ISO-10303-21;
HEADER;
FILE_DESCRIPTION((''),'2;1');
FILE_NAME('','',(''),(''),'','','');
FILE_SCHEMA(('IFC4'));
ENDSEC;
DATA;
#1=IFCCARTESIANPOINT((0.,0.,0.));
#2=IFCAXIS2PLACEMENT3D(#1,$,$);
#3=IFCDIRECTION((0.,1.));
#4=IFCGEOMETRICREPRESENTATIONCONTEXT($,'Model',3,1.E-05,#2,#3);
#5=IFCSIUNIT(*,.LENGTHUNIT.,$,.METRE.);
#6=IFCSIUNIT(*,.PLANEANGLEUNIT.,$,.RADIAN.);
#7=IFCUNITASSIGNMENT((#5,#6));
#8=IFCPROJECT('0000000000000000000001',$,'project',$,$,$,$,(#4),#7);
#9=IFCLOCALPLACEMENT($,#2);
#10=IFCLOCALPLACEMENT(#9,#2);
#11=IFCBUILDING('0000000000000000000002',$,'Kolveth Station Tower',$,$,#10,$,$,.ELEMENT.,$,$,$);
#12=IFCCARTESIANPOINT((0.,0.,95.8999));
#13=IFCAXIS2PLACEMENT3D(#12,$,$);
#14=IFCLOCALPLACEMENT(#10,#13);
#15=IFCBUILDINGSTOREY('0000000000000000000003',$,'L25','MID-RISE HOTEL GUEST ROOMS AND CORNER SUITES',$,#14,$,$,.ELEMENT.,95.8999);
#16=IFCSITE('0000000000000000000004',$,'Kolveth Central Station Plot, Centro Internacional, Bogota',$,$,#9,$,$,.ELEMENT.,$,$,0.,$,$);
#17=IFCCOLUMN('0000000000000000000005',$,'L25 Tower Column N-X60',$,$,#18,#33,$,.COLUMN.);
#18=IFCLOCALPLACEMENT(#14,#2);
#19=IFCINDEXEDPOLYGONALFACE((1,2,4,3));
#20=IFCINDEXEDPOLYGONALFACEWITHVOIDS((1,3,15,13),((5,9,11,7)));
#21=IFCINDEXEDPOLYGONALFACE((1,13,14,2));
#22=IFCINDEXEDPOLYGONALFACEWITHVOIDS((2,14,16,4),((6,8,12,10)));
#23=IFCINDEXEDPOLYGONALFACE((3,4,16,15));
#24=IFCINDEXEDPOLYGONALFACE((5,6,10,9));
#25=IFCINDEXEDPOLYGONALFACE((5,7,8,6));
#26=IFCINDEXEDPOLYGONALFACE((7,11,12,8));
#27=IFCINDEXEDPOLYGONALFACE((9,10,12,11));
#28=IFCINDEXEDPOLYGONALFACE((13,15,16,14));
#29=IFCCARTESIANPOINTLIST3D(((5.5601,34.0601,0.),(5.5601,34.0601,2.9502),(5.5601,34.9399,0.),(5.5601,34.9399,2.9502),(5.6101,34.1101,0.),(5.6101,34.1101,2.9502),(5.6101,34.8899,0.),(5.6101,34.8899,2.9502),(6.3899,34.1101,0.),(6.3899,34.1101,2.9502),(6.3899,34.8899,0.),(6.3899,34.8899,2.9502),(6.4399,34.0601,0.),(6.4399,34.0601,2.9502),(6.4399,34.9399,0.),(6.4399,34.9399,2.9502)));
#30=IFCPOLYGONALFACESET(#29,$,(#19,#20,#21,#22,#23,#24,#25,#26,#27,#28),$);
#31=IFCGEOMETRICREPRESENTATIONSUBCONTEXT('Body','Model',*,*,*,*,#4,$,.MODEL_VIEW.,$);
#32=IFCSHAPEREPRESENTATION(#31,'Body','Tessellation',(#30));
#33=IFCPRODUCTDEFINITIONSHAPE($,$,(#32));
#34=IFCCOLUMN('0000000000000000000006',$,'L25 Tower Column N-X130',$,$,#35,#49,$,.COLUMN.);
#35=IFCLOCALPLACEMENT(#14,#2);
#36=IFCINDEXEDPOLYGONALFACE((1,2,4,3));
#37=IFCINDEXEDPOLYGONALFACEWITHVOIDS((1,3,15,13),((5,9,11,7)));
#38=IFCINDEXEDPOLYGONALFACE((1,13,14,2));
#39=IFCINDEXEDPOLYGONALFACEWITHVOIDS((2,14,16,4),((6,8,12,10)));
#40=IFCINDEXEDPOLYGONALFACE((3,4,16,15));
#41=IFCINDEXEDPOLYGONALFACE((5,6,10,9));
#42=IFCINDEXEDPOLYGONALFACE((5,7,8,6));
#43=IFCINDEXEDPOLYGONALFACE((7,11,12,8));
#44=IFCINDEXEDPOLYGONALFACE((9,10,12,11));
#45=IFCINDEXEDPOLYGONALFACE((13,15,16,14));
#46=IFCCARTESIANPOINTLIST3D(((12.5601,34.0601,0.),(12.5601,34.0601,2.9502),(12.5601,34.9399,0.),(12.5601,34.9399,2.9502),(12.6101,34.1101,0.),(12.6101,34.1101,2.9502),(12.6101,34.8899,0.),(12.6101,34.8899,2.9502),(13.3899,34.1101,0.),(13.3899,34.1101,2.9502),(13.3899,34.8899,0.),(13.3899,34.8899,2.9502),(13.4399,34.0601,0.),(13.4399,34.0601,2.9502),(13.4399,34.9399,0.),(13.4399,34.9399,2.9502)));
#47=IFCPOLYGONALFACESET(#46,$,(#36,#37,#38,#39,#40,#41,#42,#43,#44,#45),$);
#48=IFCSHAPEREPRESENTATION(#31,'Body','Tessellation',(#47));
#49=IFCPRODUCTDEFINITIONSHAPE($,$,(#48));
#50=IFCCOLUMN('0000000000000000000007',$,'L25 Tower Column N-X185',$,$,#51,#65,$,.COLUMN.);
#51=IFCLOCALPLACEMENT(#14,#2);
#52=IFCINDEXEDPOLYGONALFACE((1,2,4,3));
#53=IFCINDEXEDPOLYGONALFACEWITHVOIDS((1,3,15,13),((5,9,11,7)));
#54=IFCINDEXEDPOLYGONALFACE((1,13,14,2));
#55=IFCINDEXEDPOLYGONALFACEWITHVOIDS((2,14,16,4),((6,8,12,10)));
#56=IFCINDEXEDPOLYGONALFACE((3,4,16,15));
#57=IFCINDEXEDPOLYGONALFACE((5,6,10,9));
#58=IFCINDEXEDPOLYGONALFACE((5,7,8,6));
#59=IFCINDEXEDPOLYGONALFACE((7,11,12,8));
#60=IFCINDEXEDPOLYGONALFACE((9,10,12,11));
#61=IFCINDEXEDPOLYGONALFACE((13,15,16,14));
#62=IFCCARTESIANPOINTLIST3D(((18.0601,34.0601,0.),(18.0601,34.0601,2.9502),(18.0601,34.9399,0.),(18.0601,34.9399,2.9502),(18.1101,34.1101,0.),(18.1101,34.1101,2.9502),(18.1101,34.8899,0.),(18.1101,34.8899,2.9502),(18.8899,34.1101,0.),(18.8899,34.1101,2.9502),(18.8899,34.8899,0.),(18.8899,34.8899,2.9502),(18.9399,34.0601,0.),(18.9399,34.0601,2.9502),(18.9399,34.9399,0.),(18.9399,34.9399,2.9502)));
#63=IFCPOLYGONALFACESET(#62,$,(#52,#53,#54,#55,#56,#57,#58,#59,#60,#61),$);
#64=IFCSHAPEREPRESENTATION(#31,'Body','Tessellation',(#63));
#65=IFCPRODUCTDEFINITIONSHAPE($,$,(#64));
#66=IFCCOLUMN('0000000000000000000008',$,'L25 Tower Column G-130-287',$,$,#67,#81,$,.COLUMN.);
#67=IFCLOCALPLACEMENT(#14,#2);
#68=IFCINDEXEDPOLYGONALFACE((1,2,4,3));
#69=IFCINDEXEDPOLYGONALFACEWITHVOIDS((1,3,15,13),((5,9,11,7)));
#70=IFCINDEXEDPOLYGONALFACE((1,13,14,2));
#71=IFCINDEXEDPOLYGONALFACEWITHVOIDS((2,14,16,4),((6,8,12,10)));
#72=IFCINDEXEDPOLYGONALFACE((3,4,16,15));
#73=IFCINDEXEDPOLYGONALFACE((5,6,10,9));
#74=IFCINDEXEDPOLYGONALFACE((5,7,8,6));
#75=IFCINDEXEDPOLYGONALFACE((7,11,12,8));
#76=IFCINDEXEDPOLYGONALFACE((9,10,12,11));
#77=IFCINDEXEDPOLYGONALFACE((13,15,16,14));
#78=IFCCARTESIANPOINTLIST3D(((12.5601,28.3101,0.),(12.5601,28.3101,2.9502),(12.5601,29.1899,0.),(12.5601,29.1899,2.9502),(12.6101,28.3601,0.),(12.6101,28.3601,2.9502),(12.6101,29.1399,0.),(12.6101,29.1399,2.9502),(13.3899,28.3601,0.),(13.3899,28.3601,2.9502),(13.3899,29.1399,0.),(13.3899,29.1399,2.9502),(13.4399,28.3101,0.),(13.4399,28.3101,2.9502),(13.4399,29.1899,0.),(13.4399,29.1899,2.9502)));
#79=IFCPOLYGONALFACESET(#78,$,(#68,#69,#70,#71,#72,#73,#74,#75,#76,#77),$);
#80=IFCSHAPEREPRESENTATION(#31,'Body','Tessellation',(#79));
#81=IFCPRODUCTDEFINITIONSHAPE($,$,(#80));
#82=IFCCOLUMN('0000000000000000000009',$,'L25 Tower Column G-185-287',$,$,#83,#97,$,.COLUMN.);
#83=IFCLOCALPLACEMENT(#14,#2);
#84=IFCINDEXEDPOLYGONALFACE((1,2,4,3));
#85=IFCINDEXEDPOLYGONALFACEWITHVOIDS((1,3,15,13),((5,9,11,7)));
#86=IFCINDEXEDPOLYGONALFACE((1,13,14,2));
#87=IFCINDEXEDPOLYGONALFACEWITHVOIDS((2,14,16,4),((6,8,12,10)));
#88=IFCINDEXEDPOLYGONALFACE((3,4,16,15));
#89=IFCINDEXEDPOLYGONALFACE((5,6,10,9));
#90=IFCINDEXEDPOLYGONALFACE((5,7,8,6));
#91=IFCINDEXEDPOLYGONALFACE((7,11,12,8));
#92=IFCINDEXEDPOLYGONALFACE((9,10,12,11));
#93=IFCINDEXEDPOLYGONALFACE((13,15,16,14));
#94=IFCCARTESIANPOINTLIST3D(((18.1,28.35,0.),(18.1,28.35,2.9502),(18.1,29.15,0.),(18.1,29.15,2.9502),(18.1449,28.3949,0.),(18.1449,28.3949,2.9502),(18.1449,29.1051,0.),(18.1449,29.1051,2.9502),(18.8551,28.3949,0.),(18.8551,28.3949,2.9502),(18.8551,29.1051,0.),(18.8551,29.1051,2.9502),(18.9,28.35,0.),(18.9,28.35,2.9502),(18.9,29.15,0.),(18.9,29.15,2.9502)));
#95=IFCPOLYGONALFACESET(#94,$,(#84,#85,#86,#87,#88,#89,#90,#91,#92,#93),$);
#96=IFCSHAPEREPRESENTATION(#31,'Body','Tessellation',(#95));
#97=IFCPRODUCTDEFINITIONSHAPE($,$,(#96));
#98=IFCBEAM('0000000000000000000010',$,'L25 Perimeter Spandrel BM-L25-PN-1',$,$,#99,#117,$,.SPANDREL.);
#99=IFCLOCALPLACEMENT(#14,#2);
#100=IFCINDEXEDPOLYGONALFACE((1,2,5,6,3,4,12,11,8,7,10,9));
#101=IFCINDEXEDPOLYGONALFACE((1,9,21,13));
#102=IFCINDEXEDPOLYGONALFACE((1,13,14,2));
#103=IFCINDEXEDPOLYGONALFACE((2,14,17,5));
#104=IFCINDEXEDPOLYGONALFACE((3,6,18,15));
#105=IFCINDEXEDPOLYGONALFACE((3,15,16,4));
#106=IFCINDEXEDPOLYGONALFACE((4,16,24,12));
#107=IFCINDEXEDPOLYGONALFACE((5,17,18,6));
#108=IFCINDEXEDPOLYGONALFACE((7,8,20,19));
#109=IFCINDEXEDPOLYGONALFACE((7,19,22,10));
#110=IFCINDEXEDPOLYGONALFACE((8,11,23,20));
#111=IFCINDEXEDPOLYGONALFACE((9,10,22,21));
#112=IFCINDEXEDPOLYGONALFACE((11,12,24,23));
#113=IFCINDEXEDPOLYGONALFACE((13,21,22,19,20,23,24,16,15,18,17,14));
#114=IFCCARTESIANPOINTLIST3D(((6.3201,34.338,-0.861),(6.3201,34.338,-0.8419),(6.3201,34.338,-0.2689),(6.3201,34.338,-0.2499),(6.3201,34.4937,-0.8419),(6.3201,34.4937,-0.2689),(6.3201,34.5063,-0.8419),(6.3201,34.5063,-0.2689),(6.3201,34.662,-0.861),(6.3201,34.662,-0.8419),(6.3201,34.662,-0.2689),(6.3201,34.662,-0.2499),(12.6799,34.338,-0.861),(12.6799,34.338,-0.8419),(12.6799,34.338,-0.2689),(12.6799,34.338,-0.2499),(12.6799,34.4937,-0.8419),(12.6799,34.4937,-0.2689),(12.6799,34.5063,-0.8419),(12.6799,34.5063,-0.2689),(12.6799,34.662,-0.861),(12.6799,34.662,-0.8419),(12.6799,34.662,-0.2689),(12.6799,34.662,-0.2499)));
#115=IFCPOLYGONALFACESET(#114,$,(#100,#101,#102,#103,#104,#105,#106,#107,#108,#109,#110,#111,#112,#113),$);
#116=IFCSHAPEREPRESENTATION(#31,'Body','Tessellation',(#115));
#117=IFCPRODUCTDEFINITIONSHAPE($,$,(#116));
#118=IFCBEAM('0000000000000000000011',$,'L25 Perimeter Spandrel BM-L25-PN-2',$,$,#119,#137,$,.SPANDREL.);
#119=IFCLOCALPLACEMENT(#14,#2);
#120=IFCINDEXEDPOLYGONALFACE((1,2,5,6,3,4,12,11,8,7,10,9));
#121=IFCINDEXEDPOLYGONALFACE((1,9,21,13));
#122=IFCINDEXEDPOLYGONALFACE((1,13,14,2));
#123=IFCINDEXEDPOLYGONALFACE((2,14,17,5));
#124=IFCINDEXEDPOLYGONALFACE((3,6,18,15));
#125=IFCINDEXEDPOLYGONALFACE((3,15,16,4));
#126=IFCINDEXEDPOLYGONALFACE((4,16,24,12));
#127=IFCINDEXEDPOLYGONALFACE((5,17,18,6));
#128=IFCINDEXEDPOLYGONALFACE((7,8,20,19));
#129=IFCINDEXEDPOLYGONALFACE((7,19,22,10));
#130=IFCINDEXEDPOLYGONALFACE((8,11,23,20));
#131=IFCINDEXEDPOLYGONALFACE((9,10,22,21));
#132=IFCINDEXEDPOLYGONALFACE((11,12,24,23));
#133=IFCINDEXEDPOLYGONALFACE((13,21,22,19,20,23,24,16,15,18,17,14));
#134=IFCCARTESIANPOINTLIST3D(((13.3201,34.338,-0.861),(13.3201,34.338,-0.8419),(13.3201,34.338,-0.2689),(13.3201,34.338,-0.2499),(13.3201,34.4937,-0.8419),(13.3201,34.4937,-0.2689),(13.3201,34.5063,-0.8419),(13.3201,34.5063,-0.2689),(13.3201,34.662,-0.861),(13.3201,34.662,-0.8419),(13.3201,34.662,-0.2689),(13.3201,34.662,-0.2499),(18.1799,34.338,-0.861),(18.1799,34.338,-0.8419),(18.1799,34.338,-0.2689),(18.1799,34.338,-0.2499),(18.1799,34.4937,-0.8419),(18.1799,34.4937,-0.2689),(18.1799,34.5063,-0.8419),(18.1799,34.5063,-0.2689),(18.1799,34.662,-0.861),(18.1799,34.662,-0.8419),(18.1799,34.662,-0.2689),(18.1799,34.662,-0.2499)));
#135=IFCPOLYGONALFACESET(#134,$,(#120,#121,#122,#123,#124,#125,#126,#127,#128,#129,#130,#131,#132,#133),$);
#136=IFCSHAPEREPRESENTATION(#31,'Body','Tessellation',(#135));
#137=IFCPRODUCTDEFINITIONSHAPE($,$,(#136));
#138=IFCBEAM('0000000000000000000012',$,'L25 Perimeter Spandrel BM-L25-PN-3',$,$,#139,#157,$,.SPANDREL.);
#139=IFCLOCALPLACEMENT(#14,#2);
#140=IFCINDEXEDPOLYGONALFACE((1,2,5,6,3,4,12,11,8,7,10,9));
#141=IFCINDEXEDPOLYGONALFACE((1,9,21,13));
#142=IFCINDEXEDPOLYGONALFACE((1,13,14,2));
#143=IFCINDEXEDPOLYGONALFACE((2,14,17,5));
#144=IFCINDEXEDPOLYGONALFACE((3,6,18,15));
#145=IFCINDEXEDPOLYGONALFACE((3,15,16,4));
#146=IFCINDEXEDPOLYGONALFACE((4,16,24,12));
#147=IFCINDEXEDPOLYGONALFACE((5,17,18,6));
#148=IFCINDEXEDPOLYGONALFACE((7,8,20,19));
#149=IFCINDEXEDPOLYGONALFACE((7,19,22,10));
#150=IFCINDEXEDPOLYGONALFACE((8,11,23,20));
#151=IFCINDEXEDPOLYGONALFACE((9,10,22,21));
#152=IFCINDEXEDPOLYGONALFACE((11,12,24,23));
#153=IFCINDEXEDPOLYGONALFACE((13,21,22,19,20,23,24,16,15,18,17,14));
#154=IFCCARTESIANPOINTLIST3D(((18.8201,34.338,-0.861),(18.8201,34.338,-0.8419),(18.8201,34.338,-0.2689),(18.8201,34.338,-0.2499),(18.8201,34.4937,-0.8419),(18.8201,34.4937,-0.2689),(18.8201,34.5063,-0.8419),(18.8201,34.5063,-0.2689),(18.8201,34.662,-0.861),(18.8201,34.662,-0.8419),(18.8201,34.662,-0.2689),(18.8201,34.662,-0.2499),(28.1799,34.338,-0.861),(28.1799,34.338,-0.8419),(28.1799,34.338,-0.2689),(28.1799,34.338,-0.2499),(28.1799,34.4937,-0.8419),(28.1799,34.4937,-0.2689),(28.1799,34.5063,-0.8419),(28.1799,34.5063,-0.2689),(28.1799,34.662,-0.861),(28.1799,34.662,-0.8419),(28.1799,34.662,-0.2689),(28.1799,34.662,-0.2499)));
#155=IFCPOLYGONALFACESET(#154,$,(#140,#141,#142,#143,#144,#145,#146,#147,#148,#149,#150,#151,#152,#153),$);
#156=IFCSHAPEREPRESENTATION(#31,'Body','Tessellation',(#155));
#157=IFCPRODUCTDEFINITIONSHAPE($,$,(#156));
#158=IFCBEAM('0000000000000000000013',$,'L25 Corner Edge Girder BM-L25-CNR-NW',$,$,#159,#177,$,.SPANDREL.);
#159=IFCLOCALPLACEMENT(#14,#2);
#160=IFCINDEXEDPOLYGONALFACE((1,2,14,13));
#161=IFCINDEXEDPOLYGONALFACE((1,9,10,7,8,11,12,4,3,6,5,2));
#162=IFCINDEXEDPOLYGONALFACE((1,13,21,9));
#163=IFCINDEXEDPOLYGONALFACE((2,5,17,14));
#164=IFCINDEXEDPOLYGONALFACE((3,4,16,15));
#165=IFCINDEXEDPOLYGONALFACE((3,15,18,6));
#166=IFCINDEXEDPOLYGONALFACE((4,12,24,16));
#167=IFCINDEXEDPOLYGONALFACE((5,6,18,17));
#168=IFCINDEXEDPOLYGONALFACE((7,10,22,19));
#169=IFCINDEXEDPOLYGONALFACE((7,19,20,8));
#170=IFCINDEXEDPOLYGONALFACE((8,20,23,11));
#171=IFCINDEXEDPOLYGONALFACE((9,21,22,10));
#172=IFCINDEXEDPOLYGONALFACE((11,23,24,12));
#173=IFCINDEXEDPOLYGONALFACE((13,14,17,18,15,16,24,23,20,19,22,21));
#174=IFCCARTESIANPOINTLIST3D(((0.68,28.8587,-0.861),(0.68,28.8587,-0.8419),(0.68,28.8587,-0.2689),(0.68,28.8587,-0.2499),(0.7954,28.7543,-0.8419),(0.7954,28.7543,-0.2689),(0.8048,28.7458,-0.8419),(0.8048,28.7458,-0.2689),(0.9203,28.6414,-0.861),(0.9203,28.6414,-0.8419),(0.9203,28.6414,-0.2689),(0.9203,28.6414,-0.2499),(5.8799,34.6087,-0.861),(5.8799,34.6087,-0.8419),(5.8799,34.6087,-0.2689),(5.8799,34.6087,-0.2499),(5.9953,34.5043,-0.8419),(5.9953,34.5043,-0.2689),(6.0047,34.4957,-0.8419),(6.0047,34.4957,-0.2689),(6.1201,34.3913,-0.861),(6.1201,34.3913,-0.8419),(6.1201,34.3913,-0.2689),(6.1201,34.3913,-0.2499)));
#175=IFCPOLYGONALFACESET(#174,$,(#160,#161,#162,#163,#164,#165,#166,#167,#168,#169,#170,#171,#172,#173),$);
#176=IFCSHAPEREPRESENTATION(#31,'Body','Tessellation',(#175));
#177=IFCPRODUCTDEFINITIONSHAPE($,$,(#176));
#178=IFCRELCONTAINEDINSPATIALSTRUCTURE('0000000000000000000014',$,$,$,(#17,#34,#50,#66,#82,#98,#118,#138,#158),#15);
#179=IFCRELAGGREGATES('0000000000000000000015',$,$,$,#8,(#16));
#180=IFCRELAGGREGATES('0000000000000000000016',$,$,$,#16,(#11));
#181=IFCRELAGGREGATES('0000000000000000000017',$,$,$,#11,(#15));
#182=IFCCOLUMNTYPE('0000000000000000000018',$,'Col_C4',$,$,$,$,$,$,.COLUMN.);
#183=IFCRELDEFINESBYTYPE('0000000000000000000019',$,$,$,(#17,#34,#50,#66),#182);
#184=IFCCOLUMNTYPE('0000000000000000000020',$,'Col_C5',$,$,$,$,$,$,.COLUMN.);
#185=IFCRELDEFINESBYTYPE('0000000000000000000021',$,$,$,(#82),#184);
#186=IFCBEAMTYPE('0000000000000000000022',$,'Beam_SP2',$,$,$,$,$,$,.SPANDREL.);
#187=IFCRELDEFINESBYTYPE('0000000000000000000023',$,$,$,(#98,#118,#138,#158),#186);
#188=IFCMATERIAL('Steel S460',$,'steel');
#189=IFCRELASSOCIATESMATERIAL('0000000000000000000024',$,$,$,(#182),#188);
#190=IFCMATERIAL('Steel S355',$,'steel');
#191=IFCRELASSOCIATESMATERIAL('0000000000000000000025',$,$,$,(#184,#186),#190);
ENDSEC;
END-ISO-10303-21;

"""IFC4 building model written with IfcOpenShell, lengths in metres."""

from ifc_helpers import new_model, si_unit, direction, frame, origin, origin_2d, place, context, subcontext, project, spatial, hollow_rectangle, i_section, extrude, source, transform, mapped, material, material_profile, profile_set, type_object, element, save


model = new_model("IFC4")

# Units and contexts
model_context = context("Model", 3, precision=1e-05, world=origin(), true_north=direction((0.0, 1.0)))
body_context = subcontext(model_context, "Body", "Model", "MODEL_VIEW")
ifc_project = project(units=[si_unit("LENGTHUNIT", "METRE"), si_unit("PLANEANGLEUNIT", "RADIAN")], contexts=[model_context])

# Site, building, storey
site_placement = place(None, origin())
site = spatial("IfcSite", under=ifc_project, at=site_placement, Name="Kolveth Central Station Plot, Centro Internacional, Bogota", CompositionType="ELEMENT", RefElevation=0.0)
building_placement = place(site_placement, origin())
building = spatial("IfcBuilding", under=site, at=building_placement, Name="Kolveth Station Tower", CompositionType="ELEMENT")
storey_placement = place(building_placement, frame((0.0, 0.0, 95.8999)))
storey = spatial("IfcBuildingStorey", under=building, at=storey_placement, Name="L25", Description="MID-RISE HOTEL GUEST ROOMS AND CORNER SUITES", CompositionType="ELEMENT", Elevation=95.8999)

# Columns
ifc_material_1 = material(Name="Steel S460", Category="steel")
ifc_material_profile_1 = material_profile(ifc_material_1, hollow_rectangle(XDim=0.8799, YDim=0.8799, WallThickness=0.05, at=origin_2d()), Name="BOX880x880x50")
ifc_profile_set_1 = profile_set([ifc_material_profile_1], Name="Steel S460")
column_type_1 = type_object("IfcColumnType", Name="Col_C4", PredefinedType="COLUMN", material=ifc_profile_set_1)
shared_shape_1 = source(origin(), body_context, "Body", "SweptSolid", [
    extrude(hollow_rectangle(XDim=0.8799, YDim=0.8799, WallThickness=0.05, at=origin_2d()), origin(), (0.0, 0.0, 1.0), 2.9502),
])
for number, where, z_axis, x_axis, name in (
    (1, (6.0, 34.5, 0.0), (0.0, 0.0, 1.0), (1.0, 0.0, 0.0), "L25 Tower Column N-X60"),
    (2, (13.0, 34.5, 0.0), (0.0, 0.0, 1.0), (1.0, 0.0, 0.0), "L25 Tower Column N-X130"),
    (3, (18.5, 34.5, 0.0), (0.0, 0.0, 1.0), (1.0, 0.0, 0.0), "L25 Tower Column N-X185"),
    (4, (13.0, 28.75, 0.0), (0.0, 0.0, 1.0), (1.0, 0.0, 0.0), "L25 Tower Column G-130-287"),
):
    element("IfcColumn", number, at=place(storey_placement, frame(where, z_axis=z_axis, x_axis=x_axis)), inside=storey, type_object=column_type_1, Name=name, PredefinedType="COLUMN", context=body_context, shape_type="MappedRepresentation", body=[
        mapped(shared_shape_1, transform((0.0, 0.0, 0.0), x_axis=(1.0, 0.0, 0.0), y_axis=(0.0, 1.0, 0.0), z_axis=(0.0, 0.0, 1.0), scale=1.0)),
    ])
ifc_material_2 = material(Name="Steel S355", Category="steel")
ifc_material_profile_2 = material_profile(ifc_material_2, hollow_rectangle(XDim=0.8, YDim=0.8, WallThickness=0.0449, at=origin_2d()), Name="BOX800x800x45")
ifc_profile_set_2 = profile_set([ifc_material_profile_2], Name="Steel S355")
column_type_2 = type_object("IfcColumnType", Name="Col_C5", PredefinedType="COLUMN", material=ifc_profile_set_2)
shared_shape_2 = source(origin(), body_context, "Body", "SweptSolid", [
    extrude(hollow_rectangle(XDim=0.8, YDim=0.8, WallThickness=0.0449, at=origin_2d()), origin(), (0.0, 0.0, 1.0), 2.9502),
])
column_placement = place(storey_placement, frame((18.5, 28.75, 0.0), z_axis=(0.0, 0.0, 1.0), x_axis=(1.0, 0.0, 0.0)))
element("IfcColumn", 5, at=column_placement, inside=storey, type_object=column_type_2, Name="L25 Tower Column G-185-287", PredefinedType="COLUMN", context=body_context, shape_type="MappedRepresentation", body=[
    mapped(shared_shape_2, transform((0.0, 0.0, 0.0), x_axis=(1.0, 0.0, 0.0), y_axis=(0.0, 1.0, 0.0), z_axis=(0.0, 0.0, 1.0), scale=1.0)),
])

# Beams
ifc_material_profile_3 = material_profile(ifc_material_2, i_section(OverallWidth=0.324, OverallDepth=0.6111, WebThickness=0.0127, FlangeThickness=0.019, at=origin_2d()), Name="W610x155")
ifc_profile_set_3 = profile_set([ifc_material_profile_3], Name="Steel S355")
beam_type_1 = type_object("IfcBeamType", Name="Beam_SP2", PredefinedType="SPANDREL", material=ifc_profile_set_3)
shared_shape_3 = source(origin(), body_context, "Body", "SweptSolid", [
    extrude(i_section(OverallWidth=0.324, OverallDepth=0.6111, WebThickness=0.0127, FlangeThickness=0.019, at=origin_2d()), origin(), (0.0, 0.0, 1.0), 6.3599),
])
beam_1_placement = place(storey_placement, frame((6.3201, 34.5, -0.5554), z_axis=(1.0, 0.0, 0.0), x_axis=(0.0, 1.0, 0.0)))
element("IfcBeam", 6, at=beam_1_placement, inside=storey, type_object=beam_type_1, Name="L25 Perimeter Spandrel BM-L25-PN-1", PredefinedType="SPANDREL", context=body_context, shape_type="MappedRepresentation", body=[
    mapped(shared_shape_3, transform((0.0, 0.0, 0.0), x_axis=(1.0, 0.0, 0.0), y_axis=(0.0, 1.0, 0.0), z_axis=(0.0, 0.0, 1.0), scale=1.0)),
])
shared_shape_4 = source(origin(), body_context, "Body", "SweptSolid", [
    extrude(i_section(OverallWidth=0.324, OverallDepth=0.6111, WebThickness=0.0127, FlangeThickness=0.019, at=origin_2d()), origin(), (0.0, 0.0, 1.0), 4.8599),
])
beam_2_placement = place(storey_placement, frame((13.3201, 34.5, -0.5554), z_axis=(1.0, 0.0, 0.0), x_axis=(0.0, 1.0, 0.0)))
element("IfcBeam", 7, at=beam_2_placement, inside=storey, type_object=beam_type_1, Name="L25 Perimeter Spandrel BM-L25-PN-2", PredefinedType="SPANDREL", context=body_context, shape_type="MappedRepresentation", body=[
    mapped(shared_shape_4, transform((0.0, 0.0, 0.0), x_axis=(1.0, 0.0, 0.0), y_axis=(0.0, 1.0, 0.0), z_axis=(0.0, 0.0, 1.0), scale=1.0)),
])
shared_shape_5 = source(origin(), body_context, "Body", "SweptSolid", [
    extrude(i_section(OverallWidth=0.324, OverallDepth=0.6111, WebThickness=0.0127, FlangeThickness=0.019, at=origin_2d()), origin(), (0.0, 0.0, 1.0), 9.3599),
])
beam_3_placement = place(storey_placement, frame((18.8201, 34.5, -0.5554), z_axis=(1.0, 0.0, 0.0), x_axis=(0.0, 1.0, 0.0)))
element("IfcBeam", 8, at=beam_3_placement, inside=storey, type_object=beam_type_1, Name="L25 Perimeter Spandrel BM-L25-PN-3", PredefinedType="SPANDREL", context=body_context, shape_type="MappedRepresentation", body=[
    mapped(shared_shape_5, transform((0.0, 0.0, 0.0), x_axis=(1.0, 0.0, 0.0), y_axis=(0.0, 1.0, 0.0), z_axis=(0.0, 0.0, 1.0), scale=1.0)),
])
shared_shape_6 = source(origin(), body_context, "Body", "SweptSolid", [
    extrude(i_section(OverallWidth=0.324, OverallDepth=0.6111, WebThickness=0.0127, FlangeThickness=0.019, at=origin_2d()), origin(), (0.0, 0.0, 1.0), 7.7524),
])
beam_4_placement = place(storey_placement, frame((6.0, 34.5, -0.5554), z_axis=(-0.670741, -0.741692, 0.0), x_axis=(0.741692, -0.670741, 0.0)))
element("IfcBeam", 9, at=beam_4_placement, inside=storey, type_object=beam_type_1, Name="L25 Corner Edge Girder BM-L25-CNR-NW", PredefinedType="SPANDREL", context=body_context, shape_type="MappedRepresentation", body=[
    mapped(shared_shape_6, transform((0.0, 0.0, 0.0), x_axis=(1.0, 0.0, 0.0), y_axis=(0.0, 1.0, 0.0), z_axis=(0.0, 0.0, 1.0), scale=1.0)),
])

save(model, "model.ifc")
